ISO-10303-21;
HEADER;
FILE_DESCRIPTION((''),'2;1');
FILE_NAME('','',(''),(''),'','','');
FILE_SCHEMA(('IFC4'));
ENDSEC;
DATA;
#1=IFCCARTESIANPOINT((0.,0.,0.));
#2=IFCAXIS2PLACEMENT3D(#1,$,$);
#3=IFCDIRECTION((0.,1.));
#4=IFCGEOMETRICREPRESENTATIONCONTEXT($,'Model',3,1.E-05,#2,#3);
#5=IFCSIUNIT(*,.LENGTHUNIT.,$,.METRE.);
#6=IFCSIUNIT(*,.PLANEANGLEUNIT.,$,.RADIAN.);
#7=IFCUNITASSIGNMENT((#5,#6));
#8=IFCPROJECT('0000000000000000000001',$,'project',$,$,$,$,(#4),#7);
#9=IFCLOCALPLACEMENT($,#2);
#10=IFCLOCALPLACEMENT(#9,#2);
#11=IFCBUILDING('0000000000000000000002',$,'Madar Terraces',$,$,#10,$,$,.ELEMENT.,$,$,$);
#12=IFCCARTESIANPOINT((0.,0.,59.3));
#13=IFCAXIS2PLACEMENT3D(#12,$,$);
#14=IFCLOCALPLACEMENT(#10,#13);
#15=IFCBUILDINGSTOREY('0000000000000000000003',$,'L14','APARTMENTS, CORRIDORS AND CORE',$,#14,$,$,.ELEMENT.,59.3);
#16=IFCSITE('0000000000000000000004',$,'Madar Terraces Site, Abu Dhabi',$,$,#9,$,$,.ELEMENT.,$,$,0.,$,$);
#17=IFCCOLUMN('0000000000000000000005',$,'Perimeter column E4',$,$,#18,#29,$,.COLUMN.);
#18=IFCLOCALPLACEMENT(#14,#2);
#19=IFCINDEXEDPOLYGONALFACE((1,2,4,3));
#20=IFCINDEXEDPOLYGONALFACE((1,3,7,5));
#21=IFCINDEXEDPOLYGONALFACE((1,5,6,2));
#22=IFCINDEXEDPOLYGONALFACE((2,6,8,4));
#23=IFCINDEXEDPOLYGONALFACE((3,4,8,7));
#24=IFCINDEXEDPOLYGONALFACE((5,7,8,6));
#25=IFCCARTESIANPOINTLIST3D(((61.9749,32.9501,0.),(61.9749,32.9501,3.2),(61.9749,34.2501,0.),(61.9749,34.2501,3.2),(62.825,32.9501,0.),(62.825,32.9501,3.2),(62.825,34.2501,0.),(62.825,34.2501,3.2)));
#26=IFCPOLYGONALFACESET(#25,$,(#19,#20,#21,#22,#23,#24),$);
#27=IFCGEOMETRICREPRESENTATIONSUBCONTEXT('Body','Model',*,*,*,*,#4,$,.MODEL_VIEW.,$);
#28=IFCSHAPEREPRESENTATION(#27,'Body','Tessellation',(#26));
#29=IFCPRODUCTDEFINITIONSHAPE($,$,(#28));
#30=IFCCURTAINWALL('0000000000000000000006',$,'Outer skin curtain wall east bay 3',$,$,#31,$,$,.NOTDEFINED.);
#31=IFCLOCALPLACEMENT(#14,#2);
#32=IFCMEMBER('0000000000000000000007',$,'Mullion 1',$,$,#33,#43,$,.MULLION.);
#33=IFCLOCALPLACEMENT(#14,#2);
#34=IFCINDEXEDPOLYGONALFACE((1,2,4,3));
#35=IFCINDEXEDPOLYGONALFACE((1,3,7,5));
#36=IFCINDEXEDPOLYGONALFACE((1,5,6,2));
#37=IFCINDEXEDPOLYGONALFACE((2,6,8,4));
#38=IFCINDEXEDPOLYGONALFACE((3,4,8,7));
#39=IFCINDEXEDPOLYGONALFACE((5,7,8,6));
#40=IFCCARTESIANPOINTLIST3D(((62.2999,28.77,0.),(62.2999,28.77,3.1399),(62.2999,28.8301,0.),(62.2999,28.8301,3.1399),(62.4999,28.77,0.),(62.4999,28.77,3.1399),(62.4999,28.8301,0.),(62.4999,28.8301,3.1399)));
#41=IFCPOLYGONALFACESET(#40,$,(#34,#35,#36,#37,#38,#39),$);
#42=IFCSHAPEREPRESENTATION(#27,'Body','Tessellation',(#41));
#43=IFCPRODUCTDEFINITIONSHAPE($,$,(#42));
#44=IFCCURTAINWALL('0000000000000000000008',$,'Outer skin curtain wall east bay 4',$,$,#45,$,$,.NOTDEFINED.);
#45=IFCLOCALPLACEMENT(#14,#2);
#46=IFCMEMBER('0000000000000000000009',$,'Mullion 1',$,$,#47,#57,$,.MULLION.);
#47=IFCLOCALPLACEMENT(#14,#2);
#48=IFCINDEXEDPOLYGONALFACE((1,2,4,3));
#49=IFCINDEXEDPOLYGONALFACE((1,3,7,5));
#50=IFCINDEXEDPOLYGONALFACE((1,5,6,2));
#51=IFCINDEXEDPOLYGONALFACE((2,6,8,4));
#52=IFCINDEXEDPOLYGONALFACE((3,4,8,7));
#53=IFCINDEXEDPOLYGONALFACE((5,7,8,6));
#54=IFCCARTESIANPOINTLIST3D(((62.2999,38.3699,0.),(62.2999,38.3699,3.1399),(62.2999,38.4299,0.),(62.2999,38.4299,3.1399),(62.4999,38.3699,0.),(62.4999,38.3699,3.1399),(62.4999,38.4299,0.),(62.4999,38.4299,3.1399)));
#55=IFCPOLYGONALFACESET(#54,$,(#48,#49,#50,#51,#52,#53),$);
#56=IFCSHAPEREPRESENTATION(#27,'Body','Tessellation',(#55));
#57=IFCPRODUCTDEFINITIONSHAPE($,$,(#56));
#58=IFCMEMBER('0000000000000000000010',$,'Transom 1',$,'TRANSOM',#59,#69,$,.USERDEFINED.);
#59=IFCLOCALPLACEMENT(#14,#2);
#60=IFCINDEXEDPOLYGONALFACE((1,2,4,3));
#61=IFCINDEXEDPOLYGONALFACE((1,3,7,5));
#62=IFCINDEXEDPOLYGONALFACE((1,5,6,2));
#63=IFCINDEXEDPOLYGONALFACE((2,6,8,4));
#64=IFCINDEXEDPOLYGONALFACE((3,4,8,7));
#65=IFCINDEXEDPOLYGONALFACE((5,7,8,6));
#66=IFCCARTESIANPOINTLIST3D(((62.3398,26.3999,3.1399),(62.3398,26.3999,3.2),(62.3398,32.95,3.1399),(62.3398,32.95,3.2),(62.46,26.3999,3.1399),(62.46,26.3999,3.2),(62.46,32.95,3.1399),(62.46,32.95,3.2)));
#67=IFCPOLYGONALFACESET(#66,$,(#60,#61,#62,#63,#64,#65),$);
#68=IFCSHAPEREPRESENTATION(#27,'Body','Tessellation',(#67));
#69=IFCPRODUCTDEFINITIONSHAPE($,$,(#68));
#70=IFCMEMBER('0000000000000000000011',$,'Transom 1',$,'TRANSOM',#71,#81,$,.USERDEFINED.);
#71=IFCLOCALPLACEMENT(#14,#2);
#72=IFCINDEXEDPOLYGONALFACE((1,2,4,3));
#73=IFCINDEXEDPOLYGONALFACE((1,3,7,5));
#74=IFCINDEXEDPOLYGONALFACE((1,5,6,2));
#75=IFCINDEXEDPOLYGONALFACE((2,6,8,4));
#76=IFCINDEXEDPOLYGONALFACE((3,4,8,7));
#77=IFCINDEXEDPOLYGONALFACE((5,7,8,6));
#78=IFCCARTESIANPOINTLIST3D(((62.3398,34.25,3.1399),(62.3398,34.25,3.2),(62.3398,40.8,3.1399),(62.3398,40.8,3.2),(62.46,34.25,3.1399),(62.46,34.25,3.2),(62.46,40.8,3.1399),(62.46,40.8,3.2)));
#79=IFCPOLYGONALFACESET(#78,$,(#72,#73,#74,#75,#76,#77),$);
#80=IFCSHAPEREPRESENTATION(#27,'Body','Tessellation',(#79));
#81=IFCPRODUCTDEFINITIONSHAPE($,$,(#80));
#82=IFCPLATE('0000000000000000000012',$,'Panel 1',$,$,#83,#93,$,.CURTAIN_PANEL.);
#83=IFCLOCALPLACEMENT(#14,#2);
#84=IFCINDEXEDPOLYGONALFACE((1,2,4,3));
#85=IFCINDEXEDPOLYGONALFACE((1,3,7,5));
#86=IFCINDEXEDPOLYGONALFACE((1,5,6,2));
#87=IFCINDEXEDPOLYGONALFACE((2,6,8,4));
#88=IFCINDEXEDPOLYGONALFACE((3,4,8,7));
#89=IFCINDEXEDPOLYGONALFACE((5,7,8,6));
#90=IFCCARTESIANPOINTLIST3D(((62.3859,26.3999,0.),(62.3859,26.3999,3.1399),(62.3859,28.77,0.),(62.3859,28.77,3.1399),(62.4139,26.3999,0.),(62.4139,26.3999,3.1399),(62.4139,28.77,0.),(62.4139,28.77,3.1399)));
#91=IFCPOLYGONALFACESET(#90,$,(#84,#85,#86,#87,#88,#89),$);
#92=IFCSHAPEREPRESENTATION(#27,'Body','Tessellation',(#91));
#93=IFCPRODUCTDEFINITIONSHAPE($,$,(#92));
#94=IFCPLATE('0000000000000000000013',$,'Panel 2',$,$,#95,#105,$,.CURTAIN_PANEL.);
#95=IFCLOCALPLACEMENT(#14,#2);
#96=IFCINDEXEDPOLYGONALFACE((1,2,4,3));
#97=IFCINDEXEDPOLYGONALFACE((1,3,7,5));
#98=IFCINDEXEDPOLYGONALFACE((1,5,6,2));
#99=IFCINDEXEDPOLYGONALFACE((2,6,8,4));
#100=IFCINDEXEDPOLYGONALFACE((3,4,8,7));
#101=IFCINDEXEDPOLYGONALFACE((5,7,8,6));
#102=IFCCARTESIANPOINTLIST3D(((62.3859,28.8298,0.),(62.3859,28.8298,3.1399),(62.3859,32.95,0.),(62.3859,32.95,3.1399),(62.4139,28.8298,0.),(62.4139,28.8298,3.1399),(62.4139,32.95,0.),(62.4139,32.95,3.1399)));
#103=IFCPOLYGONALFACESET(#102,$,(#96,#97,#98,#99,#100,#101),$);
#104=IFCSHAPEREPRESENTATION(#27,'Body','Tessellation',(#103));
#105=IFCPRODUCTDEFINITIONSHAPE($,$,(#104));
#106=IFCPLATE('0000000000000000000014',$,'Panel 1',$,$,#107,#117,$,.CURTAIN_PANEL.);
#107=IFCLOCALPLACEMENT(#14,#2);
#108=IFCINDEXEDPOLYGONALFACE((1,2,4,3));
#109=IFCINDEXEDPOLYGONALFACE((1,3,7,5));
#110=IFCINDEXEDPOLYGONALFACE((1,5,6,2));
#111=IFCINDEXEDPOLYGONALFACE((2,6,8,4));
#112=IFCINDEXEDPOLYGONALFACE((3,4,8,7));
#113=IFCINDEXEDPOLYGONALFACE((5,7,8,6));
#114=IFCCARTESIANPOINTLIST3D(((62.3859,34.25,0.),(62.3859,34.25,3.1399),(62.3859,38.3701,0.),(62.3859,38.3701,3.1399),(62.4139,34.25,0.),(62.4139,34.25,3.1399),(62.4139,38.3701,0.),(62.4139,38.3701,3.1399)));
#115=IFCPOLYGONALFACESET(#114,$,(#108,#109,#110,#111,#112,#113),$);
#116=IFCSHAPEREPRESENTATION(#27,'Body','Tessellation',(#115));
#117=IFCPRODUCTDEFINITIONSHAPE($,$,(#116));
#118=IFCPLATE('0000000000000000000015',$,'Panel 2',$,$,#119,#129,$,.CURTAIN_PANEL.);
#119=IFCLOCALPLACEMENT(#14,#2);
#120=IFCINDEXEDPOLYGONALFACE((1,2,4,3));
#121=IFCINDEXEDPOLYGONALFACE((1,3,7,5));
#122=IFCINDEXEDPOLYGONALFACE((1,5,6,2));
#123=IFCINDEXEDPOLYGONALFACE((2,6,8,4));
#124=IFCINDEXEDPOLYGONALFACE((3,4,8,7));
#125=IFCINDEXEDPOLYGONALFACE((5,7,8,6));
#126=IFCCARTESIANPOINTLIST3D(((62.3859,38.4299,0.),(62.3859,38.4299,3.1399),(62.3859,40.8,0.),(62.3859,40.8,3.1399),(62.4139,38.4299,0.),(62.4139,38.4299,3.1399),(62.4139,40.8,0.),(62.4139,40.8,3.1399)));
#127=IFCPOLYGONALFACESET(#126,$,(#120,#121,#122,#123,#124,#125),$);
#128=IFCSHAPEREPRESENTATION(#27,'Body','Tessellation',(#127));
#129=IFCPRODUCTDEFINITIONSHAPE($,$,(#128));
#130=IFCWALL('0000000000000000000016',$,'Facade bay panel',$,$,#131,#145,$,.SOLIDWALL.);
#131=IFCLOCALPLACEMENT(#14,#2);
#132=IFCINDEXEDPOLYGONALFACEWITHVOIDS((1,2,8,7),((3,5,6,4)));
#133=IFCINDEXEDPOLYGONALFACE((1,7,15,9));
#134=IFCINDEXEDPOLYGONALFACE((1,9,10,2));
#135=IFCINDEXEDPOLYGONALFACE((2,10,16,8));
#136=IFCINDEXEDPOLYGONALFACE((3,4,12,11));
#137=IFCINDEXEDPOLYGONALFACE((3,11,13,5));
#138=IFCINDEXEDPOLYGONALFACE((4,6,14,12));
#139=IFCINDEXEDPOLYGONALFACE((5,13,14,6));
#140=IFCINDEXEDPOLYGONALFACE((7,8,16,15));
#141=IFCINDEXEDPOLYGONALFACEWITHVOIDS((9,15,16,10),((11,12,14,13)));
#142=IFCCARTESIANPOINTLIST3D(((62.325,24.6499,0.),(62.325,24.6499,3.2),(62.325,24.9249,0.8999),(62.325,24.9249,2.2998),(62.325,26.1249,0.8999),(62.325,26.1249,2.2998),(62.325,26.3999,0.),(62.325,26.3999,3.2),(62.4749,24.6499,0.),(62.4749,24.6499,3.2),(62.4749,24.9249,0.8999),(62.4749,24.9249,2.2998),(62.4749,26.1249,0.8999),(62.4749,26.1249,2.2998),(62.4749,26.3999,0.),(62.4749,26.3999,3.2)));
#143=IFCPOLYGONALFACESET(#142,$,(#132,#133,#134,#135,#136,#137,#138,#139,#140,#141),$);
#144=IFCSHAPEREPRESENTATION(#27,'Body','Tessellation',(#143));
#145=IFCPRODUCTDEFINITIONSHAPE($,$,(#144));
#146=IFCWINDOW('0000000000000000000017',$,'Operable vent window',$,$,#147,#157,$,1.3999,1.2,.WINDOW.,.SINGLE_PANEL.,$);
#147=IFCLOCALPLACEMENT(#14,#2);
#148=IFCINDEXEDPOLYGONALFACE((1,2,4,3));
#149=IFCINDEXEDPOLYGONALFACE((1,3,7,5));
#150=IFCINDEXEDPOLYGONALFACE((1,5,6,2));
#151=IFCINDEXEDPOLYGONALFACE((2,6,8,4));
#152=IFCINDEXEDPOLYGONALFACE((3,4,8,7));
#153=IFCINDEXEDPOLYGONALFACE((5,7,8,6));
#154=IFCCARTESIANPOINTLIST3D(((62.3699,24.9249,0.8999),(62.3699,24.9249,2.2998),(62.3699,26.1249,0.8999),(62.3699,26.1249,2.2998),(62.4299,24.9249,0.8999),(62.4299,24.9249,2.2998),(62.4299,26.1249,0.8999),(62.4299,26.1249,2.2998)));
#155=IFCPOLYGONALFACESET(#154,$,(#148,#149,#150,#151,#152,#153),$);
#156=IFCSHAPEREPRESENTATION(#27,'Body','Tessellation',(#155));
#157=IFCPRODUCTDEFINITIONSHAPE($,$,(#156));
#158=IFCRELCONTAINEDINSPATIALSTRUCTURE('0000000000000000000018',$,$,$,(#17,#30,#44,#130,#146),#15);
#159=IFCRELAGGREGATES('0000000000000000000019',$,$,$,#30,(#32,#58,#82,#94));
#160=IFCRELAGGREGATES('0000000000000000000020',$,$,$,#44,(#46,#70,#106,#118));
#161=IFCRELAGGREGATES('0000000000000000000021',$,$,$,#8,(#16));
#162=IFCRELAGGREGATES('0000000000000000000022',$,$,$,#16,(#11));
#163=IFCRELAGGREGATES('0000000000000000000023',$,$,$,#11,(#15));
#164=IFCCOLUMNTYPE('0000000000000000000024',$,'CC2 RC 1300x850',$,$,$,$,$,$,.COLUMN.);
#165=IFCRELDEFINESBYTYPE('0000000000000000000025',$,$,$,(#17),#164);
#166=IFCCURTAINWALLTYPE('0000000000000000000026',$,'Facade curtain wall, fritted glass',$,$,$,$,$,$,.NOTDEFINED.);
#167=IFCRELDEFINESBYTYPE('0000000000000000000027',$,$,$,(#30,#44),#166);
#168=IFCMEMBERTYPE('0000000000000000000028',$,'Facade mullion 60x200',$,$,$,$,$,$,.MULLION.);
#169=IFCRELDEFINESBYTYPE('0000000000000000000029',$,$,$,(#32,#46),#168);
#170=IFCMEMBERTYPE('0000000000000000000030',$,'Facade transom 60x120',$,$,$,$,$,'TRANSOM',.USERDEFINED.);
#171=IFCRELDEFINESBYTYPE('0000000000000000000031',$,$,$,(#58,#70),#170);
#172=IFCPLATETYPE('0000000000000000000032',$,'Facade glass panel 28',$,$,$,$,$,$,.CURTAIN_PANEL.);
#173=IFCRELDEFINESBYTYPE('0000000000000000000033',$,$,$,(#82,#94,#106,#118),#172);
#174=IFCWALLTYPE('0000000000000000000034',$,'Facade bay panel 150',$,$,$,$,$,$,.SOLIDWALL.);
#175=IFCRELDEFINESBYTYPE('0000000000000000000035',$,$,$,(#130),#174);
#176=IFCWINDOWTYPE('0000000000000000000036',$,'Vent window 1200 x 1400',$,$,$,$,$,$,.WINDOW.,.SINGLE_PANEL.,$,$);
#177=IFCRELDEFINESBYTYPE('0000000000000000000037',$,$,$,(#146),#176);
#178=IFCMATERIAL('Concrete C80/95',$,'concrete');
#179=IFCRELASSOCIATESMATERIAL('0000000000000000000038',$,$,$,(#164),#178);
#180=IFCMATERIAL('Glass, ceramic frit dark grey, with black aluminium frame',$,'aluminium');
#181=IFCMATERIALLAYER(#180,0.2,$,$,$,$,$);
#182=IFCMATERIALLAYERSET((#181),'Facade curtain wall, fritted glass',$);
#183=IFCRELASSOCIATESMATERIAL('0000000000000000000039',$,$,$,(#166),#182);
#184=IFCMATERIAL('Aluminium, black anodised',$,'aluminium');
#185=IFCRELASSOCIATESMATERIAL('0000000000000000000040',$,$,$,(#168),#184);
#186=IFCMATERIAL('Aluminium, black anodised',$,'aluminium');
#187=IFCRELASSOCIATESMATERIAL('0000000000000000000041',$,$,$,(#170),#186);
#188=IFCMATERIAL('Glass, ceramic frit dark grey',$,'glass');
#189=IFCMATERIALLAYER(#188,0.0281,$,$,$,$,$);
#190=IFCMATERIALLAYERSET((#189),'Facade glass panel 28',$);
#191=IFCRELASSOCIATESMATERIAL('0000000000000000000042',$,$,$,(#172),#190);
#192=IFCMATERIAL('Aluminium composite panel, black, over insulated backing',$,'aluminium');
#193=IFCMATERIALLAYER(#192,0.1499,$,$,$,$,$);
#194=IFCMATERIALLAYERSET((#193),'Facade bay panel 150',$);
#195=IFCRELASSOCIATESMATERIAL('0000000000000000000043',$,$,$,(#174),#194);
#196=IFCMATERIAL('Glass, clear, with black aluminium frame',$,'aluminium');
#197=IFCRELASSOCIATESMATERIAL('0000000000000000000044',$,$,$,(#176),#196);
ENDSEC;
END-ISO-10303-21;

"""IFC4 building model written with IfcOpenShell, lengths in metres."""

from ifc_helpers import new_model, si_unit, direction, frame, frame_2d, origin, origin_2d, place, context, subcontext, project, spatial, rectangle, extrude, material, layer, layer_set, material_profile, profile_set, type_object, element, fill, aggregate, save


model = new_model("IFC4")

# Units and contexts
model_context = context("Model", 3, precision=1e-05, world=origin(), true_north=direction((0.0, 1.0)))
body_context = subcontext(model_context, "Body", "Model", "MODEL_VIEW")
ifc_project = project(units=[si_unit("LENGTHUNIT", "METRE"), si_unit("PLANEANGLEUNIT", "RADIAN")], contexts=[model_context])

# Site, building, storey
site_placement = place(None, origin())
site = spatial("IfcSite", under=ifc_project, at=site_placement, Name="Madar Terraces Site, Abu Dhabi", CompositionType="ELEMENT", RefElevation=0.0)
building_placement = place(site_placement, origin())
building = spatial("IfcBuilding", under=site, at=building_placement, Name="Madar Terraces", CompositionType="ELEMENT")
storey_placement = place(building_placement, frame((0.0, 0.0, 59.3)))
storey = spatial("IfcBuildingStorey", under=building, at=storey_placement, Name="L14", Description="APARTMENTS, CORRIDORS AND CORE", CompositionType="ELEMENT", Elevation=59.3)

# Column
ifc_material_1 = material(Name="Concrete C80/95", Category="concrete")
ifc_material_profile_1 = material_profile(ifc_material_1, rectangle(XDim=1.3, YDim=0.8501, at=origin_2d()), Name="CC2 RC 1300x850")
ifc_profile_set_1 = profile_set([ifc_material_profile_1], Name="Concrete C80/95")
column_type = type_object("IfcColumnType", Name="CC2 RC 1300x850", PredefinedType="COLUMN", material=ifc_profile_set_1)
column_placement = place(storey_placement, frame((62.3999, 33.6001, 0.0), z_axis=(0.0, 0.0, 1.0), x_axis=(0.0, 1.0, 0.0)))
element("IfcColumn", 1, at=column_placement, inside=storey, type_object=column_type, Name="Perimeter column E4", PredefinedType="COLUMN", context=body_context, shape_type="SweptSolid", body=[
    extrude(rectangle(XDim=1.3, YDim=0.8501, at=origin_2d()), origin(), (0.0, 0.0, 1.0), 3.2),
])

# Curtain walls, members
ifc_material_2 = material(Name="Glass, ceramic frit dark grey, with black aluminium frame", Category="aluminium")
ifc_layer_1 = layer(ifc_material_2, 0.2)
ifc_layer_set_1 = layer_set([ifc_layer_1], Name="Facade curtain wall, fritted glass")
curtain_wall_type = type_object("IfcCurtainWallType", Name="Facade curtain wall, fritted glass", PredefinedType="NOTDEFINED", material=ifc_layer_set_1)
curtain_wall_1_placement = place(storey_placement, origin())
curtain_wall_1 = element("IfcCurtainWall", 2, at=curtain_wall_1_placement, inside=storey, type_object=curtain_wall_type, Name="Outer skin curtain wall east bay 3", PredefinedType="NOTDEFINED")
ifc_material_3 = material(Name="Aluminium, black anodised", Category="aluminium")
ifc_material_profile_2 = material_profile(ifc_material_3, rectangle(XDim=0.2, YDim=0.0601, at=origin_2d()), Name="Facade mullion 60x200")
ifc_profile_set_2 = profile_set([ifc_material_profile_2], Name="Aluminium, black anodised")
member_type_1 = type_object("IfcMemberType", Name="Facade mullion 60x200", PredefinedType="MULLION", material=ifc_profile_set_2)
member_1_placement = place(storey_placement, frame((62.3999, 28.8, 0.0), z_axis=(0.0, 0.0, 1.0), x_axis=(-1.0, 0.0, 0.0)))
member_1 = element("IfcMember", 3, at=member_1_placement, type_object=member_type_1, Name="Mullion 1", PredefinedType="MULLION", context=body_context, shape_type="SweptSolid", body=[
    extrude(rectangle(XDim=0.2, YDim=0.0601, at=origin_2d()), origin(), (0.0, 0.0, 1.0), 3.1399),
])
curtain_wall_2_placement = place(storey_placement, origin())
curtain_wall_2 = element("IfcCurtainWall", 4, at=curtain_wall_2_placement, inside=storey, type_object=curtain_wall_type, Name="Outer skin curtain wall east bay 4", PredefinedType="NOTDEFINED")
member_2_placement = place(storey_placement, frame((62.3999, 38.3999, 0.0), z_axis=(0.0, 0.0, 1.0), x_axis=(-1.0, 0.0, 0.0)))
member_2 = element("IfcMember", 5, at=member_2_placement, type_object=member_type_1, Name="Mullion 1", PredefinedType="MULLION", context=body_context, shape_type="SweptSolid", body=[
    extrude(rectangle(XDim=0.2, YDim=0.0601, at=origin_2d()), origin(), (0.0, 0.0, 1.0), 3.1399),
])

# Members
ifc_material_4 = material(Name="Aluminium, black anodised", Category="aluminium")
ifc_material_profile_3 = material_profile(ifc_material_4, rectangle(XDim=0.1201, YDim=0.0601, at=origin_2d()), Name="Facade transom 60x120")
ifc_profile_set_3 = profile_set([ifc_material_profile_3], Name="Aluminium, black anodised")
member_type_2 = type_object("IfcMemberType", Name="Facade transom 60x120", ElementType="TRANSOM", PredefinedType="USERDEFINED", material=ifc_profile_set_3)
member_3_placement = place(storey_placement, frame((62.3999, 26.3999, 3.1699), z_axis=(0.0, 1.0, 0.0), x_axis=(-1.0, 0.0, 0.0)))
member_3 = element("IfcMember", 6, at=member_3_placement, type_object=member_type_2, Name="Transom 1", ObjectType="TRANSOM", PredefinedType="USERDEFINED", context=body_context, shape_type="SweptSolid", body=[
    extrude(rectangle(XDim=0.1201, YDim=0.0601, at=origin_2d()), origin(), (0.0, 0.0, 1.0), 6.55),
])
member_4_placement = place(storey_placement, frame((62.3999, 34.25, 3.1699), z_axis=(0.0, 1.0, 0.0), x_axis=(-1.0, 0.0, 0.0)))
member_4 = element("IfcMember", 7, at=member_4_placement, type_object=member_type_2, Name="Transom 1", ObjectType="TRANSOM", PredefinedType="USERDEFINED", context=body_context, shape_type="SweptSolid", body=[
    extrude(rectangle(XDim=0.1201, YDim=0.0601, at=origin_2d()), origin(), (0.0, 0.0, 1.0), 6.55),
])

# Plates
ifc_material_5 = material(Name="Glass, ceramic frit dark grey", Category="glass")
ifc_layer_2 = layer(ifc_material_5, 0.0281)
ifc_layer_set_2 = layer_set([ifc_layer_2], Name="Facade glass panel 28")
plate_type = type_object("IfcPlateType", Name="Facade glass panel 28", PredefinedType="CURTAIN_PANEL", material=ifc_layer_set_2)
plate_1_placement = place(storey_placement, frame((62.3999, 27.585, 0.0), z_axis=(0.0, 0.0, 1.0), x_axis=(0.0, 1.0, 0.0)))
plate_1 = element("IfcPlate", 8, at=plate_1_placement, type_object=plate_type, Name="Panel 1", PredefinedType="CURTAIN_PANEL", context=body_context, shape_type="SweptSolid", body=[
    extrude(rectangle(XDim=2.3701, YDim=0.0281, at=origin_2d()), origin(), (0.0, 0.0, 1.0), 3.1399),
])
plate_2_placement = place(storey_placement, frame((62.3999, 30.8899, 0.0), z_axis=(0.0, 0.0, 1.0), x_axis=(0.0, 1.0, 0.0)))
plate_2 = element("IfcPlate", 9, at=plate_2_placement, type_object=plate_type, Name="Panel 2", PredefinedType="CURTAIN_PANEL", context=body_context, shape_type="SweptSolid", body=[
    extrude(rectangle(XDim=4.1201, YDim=0.0281, at=origin_2d()), origin(), (0.0, 0.0, 1.0), 3.1399),
])
aggregate(curtain_wall_1, [member_1, member_3, plate_1, plate_2])
plate_3_placement = place(storey_placement, frame((62.3999, 36.3101, 0.0), z_axis=(0.0, 0.0, 1.0), x_axis=(0.0, 1.0, 0.0)))
plate_3 = element("IfcPlate", 10, at=plate_3_placement, type_object=plate_type, Name="Panel 1", PredefinedType="CURTAIN_PANEL", context=body_context, shape_type="SweptSolid", body=[
    extrude(rectangle(XDim=4.1201, YDim=0.0281, at=origin_2d()), origin(), (0.0, 0.0, 1.0), 3.1399),
])
plate_4_placement = place(storey_placement, frame((62.3999, 39.615, 0.0), z_axis=(0.0, 0.0, 1.0), x_axis=(0.0, 1.0, 0.0)))
plate_4 = element("IfcPlate", 11, at=plate_4_placement, type_object=plate_type, Name="Panel 2", PredefinedType="CURTAIN_PANEL", context=body_context, shape_type="SweptSolid", body=[
    extrude(rectangle(XDim=2.3701, YDim=0.0281, at=origin_2d()), origin(), (0.0, 0.0, 1.0), 3.1399),
])
aggregate(curtain_wall_2, [member_2, member_4, plate_3, plate_4])

# Wall, opening, window
ifc_material_6 = material(Name="Aluminium composite panel, black, over insulated backing", Category="aluminium")
ifc_layer_3 = layer(ifc_material_6, 0.1499)
ifc_layer_set_3 = layer_set([ifc_layer_3], Name="Facade bay panel 150")
wall_type_1 = type_object("IfcWallType", Name="Facade bay panel 150", PredefinedType="SOLIDWALL", material=ifc_layer_set_3)
wall_1_placement = place(storey_placement, frame((62.3999, 24.6499, 0.0), z_axis=(0.0, 0.0, 1.0), x_axis=(0.0, 1.0, 0.0)))
wall_1 = element("IfcWall", 12, at=wall_1_placement, inside=storey, type_object=wall_type_1, Name="Facade bay panel", PredefinedType="SOLIDWALL", context=body_context, shape_type="SweptSolid", body=[
    extrude(rectangle(XDim=1.75, YDim=0.1499, at=frame_2d((0.875, 0.0))), origin(), (0.0, 0.0, 1.0), 3.2),
])
opening_1_placement = place(wall_1_placement, frame((0.2749, 0.0, 0.8999)))
opening_1 = element("IfcOpeningElement", 13, at=opening_1_placement, cuts=wall_1, PredefinedType="OPENING", context=body_context, shape_type="SweptSolid", body=[
    extrude(rectangle(XDim=1.2, YDim=1.3999, at=frame_2d((0.6001, 0.7))), frame((0.0, 0.085, 0.0), z_axis=(0.0, -1.0, 0.0), x_axis=(1.0, 0.0, 0.0)), (0.0, 0.0, 1.0), 0.1699),
])
ifc_material_7 = material(Name="Glass, clear, with black aluminium frame", Category="aluminium")
window_type = type_object("IfcWindowType", Name="Vent window 1200 x 1400", PartitioningType="SINGLE_PANEL", PredefinedType="WINDOW", material=ifc_material_7)
window_placement = place(opening_1_placement, origin())
window = element("IfcWindow", 14, at=window_placement, inside=storey, type_object=window_type, Name="Operable vent window", OverallHeight=1.3999, OverallWidth=1.2, PartitioningType="SINGLE_PANEL", PredefinedType="WINDOW", context=body_context, shape_type="SweptSolid", body=[
    extrude(rectangle(XDim=1.2, YDim=1.3999, at=frame_2d((0.6001, 0.7))), frame((0.0, 0.03, 0.0), z_axis=(0.0, -1.0, 0.0), x_axis=(1.0, 0.0, 0.0)), (0.0, 0.0, 1.0), 0.0601),
])
fill(opening_1, window)

save(model, "model.ifc")
